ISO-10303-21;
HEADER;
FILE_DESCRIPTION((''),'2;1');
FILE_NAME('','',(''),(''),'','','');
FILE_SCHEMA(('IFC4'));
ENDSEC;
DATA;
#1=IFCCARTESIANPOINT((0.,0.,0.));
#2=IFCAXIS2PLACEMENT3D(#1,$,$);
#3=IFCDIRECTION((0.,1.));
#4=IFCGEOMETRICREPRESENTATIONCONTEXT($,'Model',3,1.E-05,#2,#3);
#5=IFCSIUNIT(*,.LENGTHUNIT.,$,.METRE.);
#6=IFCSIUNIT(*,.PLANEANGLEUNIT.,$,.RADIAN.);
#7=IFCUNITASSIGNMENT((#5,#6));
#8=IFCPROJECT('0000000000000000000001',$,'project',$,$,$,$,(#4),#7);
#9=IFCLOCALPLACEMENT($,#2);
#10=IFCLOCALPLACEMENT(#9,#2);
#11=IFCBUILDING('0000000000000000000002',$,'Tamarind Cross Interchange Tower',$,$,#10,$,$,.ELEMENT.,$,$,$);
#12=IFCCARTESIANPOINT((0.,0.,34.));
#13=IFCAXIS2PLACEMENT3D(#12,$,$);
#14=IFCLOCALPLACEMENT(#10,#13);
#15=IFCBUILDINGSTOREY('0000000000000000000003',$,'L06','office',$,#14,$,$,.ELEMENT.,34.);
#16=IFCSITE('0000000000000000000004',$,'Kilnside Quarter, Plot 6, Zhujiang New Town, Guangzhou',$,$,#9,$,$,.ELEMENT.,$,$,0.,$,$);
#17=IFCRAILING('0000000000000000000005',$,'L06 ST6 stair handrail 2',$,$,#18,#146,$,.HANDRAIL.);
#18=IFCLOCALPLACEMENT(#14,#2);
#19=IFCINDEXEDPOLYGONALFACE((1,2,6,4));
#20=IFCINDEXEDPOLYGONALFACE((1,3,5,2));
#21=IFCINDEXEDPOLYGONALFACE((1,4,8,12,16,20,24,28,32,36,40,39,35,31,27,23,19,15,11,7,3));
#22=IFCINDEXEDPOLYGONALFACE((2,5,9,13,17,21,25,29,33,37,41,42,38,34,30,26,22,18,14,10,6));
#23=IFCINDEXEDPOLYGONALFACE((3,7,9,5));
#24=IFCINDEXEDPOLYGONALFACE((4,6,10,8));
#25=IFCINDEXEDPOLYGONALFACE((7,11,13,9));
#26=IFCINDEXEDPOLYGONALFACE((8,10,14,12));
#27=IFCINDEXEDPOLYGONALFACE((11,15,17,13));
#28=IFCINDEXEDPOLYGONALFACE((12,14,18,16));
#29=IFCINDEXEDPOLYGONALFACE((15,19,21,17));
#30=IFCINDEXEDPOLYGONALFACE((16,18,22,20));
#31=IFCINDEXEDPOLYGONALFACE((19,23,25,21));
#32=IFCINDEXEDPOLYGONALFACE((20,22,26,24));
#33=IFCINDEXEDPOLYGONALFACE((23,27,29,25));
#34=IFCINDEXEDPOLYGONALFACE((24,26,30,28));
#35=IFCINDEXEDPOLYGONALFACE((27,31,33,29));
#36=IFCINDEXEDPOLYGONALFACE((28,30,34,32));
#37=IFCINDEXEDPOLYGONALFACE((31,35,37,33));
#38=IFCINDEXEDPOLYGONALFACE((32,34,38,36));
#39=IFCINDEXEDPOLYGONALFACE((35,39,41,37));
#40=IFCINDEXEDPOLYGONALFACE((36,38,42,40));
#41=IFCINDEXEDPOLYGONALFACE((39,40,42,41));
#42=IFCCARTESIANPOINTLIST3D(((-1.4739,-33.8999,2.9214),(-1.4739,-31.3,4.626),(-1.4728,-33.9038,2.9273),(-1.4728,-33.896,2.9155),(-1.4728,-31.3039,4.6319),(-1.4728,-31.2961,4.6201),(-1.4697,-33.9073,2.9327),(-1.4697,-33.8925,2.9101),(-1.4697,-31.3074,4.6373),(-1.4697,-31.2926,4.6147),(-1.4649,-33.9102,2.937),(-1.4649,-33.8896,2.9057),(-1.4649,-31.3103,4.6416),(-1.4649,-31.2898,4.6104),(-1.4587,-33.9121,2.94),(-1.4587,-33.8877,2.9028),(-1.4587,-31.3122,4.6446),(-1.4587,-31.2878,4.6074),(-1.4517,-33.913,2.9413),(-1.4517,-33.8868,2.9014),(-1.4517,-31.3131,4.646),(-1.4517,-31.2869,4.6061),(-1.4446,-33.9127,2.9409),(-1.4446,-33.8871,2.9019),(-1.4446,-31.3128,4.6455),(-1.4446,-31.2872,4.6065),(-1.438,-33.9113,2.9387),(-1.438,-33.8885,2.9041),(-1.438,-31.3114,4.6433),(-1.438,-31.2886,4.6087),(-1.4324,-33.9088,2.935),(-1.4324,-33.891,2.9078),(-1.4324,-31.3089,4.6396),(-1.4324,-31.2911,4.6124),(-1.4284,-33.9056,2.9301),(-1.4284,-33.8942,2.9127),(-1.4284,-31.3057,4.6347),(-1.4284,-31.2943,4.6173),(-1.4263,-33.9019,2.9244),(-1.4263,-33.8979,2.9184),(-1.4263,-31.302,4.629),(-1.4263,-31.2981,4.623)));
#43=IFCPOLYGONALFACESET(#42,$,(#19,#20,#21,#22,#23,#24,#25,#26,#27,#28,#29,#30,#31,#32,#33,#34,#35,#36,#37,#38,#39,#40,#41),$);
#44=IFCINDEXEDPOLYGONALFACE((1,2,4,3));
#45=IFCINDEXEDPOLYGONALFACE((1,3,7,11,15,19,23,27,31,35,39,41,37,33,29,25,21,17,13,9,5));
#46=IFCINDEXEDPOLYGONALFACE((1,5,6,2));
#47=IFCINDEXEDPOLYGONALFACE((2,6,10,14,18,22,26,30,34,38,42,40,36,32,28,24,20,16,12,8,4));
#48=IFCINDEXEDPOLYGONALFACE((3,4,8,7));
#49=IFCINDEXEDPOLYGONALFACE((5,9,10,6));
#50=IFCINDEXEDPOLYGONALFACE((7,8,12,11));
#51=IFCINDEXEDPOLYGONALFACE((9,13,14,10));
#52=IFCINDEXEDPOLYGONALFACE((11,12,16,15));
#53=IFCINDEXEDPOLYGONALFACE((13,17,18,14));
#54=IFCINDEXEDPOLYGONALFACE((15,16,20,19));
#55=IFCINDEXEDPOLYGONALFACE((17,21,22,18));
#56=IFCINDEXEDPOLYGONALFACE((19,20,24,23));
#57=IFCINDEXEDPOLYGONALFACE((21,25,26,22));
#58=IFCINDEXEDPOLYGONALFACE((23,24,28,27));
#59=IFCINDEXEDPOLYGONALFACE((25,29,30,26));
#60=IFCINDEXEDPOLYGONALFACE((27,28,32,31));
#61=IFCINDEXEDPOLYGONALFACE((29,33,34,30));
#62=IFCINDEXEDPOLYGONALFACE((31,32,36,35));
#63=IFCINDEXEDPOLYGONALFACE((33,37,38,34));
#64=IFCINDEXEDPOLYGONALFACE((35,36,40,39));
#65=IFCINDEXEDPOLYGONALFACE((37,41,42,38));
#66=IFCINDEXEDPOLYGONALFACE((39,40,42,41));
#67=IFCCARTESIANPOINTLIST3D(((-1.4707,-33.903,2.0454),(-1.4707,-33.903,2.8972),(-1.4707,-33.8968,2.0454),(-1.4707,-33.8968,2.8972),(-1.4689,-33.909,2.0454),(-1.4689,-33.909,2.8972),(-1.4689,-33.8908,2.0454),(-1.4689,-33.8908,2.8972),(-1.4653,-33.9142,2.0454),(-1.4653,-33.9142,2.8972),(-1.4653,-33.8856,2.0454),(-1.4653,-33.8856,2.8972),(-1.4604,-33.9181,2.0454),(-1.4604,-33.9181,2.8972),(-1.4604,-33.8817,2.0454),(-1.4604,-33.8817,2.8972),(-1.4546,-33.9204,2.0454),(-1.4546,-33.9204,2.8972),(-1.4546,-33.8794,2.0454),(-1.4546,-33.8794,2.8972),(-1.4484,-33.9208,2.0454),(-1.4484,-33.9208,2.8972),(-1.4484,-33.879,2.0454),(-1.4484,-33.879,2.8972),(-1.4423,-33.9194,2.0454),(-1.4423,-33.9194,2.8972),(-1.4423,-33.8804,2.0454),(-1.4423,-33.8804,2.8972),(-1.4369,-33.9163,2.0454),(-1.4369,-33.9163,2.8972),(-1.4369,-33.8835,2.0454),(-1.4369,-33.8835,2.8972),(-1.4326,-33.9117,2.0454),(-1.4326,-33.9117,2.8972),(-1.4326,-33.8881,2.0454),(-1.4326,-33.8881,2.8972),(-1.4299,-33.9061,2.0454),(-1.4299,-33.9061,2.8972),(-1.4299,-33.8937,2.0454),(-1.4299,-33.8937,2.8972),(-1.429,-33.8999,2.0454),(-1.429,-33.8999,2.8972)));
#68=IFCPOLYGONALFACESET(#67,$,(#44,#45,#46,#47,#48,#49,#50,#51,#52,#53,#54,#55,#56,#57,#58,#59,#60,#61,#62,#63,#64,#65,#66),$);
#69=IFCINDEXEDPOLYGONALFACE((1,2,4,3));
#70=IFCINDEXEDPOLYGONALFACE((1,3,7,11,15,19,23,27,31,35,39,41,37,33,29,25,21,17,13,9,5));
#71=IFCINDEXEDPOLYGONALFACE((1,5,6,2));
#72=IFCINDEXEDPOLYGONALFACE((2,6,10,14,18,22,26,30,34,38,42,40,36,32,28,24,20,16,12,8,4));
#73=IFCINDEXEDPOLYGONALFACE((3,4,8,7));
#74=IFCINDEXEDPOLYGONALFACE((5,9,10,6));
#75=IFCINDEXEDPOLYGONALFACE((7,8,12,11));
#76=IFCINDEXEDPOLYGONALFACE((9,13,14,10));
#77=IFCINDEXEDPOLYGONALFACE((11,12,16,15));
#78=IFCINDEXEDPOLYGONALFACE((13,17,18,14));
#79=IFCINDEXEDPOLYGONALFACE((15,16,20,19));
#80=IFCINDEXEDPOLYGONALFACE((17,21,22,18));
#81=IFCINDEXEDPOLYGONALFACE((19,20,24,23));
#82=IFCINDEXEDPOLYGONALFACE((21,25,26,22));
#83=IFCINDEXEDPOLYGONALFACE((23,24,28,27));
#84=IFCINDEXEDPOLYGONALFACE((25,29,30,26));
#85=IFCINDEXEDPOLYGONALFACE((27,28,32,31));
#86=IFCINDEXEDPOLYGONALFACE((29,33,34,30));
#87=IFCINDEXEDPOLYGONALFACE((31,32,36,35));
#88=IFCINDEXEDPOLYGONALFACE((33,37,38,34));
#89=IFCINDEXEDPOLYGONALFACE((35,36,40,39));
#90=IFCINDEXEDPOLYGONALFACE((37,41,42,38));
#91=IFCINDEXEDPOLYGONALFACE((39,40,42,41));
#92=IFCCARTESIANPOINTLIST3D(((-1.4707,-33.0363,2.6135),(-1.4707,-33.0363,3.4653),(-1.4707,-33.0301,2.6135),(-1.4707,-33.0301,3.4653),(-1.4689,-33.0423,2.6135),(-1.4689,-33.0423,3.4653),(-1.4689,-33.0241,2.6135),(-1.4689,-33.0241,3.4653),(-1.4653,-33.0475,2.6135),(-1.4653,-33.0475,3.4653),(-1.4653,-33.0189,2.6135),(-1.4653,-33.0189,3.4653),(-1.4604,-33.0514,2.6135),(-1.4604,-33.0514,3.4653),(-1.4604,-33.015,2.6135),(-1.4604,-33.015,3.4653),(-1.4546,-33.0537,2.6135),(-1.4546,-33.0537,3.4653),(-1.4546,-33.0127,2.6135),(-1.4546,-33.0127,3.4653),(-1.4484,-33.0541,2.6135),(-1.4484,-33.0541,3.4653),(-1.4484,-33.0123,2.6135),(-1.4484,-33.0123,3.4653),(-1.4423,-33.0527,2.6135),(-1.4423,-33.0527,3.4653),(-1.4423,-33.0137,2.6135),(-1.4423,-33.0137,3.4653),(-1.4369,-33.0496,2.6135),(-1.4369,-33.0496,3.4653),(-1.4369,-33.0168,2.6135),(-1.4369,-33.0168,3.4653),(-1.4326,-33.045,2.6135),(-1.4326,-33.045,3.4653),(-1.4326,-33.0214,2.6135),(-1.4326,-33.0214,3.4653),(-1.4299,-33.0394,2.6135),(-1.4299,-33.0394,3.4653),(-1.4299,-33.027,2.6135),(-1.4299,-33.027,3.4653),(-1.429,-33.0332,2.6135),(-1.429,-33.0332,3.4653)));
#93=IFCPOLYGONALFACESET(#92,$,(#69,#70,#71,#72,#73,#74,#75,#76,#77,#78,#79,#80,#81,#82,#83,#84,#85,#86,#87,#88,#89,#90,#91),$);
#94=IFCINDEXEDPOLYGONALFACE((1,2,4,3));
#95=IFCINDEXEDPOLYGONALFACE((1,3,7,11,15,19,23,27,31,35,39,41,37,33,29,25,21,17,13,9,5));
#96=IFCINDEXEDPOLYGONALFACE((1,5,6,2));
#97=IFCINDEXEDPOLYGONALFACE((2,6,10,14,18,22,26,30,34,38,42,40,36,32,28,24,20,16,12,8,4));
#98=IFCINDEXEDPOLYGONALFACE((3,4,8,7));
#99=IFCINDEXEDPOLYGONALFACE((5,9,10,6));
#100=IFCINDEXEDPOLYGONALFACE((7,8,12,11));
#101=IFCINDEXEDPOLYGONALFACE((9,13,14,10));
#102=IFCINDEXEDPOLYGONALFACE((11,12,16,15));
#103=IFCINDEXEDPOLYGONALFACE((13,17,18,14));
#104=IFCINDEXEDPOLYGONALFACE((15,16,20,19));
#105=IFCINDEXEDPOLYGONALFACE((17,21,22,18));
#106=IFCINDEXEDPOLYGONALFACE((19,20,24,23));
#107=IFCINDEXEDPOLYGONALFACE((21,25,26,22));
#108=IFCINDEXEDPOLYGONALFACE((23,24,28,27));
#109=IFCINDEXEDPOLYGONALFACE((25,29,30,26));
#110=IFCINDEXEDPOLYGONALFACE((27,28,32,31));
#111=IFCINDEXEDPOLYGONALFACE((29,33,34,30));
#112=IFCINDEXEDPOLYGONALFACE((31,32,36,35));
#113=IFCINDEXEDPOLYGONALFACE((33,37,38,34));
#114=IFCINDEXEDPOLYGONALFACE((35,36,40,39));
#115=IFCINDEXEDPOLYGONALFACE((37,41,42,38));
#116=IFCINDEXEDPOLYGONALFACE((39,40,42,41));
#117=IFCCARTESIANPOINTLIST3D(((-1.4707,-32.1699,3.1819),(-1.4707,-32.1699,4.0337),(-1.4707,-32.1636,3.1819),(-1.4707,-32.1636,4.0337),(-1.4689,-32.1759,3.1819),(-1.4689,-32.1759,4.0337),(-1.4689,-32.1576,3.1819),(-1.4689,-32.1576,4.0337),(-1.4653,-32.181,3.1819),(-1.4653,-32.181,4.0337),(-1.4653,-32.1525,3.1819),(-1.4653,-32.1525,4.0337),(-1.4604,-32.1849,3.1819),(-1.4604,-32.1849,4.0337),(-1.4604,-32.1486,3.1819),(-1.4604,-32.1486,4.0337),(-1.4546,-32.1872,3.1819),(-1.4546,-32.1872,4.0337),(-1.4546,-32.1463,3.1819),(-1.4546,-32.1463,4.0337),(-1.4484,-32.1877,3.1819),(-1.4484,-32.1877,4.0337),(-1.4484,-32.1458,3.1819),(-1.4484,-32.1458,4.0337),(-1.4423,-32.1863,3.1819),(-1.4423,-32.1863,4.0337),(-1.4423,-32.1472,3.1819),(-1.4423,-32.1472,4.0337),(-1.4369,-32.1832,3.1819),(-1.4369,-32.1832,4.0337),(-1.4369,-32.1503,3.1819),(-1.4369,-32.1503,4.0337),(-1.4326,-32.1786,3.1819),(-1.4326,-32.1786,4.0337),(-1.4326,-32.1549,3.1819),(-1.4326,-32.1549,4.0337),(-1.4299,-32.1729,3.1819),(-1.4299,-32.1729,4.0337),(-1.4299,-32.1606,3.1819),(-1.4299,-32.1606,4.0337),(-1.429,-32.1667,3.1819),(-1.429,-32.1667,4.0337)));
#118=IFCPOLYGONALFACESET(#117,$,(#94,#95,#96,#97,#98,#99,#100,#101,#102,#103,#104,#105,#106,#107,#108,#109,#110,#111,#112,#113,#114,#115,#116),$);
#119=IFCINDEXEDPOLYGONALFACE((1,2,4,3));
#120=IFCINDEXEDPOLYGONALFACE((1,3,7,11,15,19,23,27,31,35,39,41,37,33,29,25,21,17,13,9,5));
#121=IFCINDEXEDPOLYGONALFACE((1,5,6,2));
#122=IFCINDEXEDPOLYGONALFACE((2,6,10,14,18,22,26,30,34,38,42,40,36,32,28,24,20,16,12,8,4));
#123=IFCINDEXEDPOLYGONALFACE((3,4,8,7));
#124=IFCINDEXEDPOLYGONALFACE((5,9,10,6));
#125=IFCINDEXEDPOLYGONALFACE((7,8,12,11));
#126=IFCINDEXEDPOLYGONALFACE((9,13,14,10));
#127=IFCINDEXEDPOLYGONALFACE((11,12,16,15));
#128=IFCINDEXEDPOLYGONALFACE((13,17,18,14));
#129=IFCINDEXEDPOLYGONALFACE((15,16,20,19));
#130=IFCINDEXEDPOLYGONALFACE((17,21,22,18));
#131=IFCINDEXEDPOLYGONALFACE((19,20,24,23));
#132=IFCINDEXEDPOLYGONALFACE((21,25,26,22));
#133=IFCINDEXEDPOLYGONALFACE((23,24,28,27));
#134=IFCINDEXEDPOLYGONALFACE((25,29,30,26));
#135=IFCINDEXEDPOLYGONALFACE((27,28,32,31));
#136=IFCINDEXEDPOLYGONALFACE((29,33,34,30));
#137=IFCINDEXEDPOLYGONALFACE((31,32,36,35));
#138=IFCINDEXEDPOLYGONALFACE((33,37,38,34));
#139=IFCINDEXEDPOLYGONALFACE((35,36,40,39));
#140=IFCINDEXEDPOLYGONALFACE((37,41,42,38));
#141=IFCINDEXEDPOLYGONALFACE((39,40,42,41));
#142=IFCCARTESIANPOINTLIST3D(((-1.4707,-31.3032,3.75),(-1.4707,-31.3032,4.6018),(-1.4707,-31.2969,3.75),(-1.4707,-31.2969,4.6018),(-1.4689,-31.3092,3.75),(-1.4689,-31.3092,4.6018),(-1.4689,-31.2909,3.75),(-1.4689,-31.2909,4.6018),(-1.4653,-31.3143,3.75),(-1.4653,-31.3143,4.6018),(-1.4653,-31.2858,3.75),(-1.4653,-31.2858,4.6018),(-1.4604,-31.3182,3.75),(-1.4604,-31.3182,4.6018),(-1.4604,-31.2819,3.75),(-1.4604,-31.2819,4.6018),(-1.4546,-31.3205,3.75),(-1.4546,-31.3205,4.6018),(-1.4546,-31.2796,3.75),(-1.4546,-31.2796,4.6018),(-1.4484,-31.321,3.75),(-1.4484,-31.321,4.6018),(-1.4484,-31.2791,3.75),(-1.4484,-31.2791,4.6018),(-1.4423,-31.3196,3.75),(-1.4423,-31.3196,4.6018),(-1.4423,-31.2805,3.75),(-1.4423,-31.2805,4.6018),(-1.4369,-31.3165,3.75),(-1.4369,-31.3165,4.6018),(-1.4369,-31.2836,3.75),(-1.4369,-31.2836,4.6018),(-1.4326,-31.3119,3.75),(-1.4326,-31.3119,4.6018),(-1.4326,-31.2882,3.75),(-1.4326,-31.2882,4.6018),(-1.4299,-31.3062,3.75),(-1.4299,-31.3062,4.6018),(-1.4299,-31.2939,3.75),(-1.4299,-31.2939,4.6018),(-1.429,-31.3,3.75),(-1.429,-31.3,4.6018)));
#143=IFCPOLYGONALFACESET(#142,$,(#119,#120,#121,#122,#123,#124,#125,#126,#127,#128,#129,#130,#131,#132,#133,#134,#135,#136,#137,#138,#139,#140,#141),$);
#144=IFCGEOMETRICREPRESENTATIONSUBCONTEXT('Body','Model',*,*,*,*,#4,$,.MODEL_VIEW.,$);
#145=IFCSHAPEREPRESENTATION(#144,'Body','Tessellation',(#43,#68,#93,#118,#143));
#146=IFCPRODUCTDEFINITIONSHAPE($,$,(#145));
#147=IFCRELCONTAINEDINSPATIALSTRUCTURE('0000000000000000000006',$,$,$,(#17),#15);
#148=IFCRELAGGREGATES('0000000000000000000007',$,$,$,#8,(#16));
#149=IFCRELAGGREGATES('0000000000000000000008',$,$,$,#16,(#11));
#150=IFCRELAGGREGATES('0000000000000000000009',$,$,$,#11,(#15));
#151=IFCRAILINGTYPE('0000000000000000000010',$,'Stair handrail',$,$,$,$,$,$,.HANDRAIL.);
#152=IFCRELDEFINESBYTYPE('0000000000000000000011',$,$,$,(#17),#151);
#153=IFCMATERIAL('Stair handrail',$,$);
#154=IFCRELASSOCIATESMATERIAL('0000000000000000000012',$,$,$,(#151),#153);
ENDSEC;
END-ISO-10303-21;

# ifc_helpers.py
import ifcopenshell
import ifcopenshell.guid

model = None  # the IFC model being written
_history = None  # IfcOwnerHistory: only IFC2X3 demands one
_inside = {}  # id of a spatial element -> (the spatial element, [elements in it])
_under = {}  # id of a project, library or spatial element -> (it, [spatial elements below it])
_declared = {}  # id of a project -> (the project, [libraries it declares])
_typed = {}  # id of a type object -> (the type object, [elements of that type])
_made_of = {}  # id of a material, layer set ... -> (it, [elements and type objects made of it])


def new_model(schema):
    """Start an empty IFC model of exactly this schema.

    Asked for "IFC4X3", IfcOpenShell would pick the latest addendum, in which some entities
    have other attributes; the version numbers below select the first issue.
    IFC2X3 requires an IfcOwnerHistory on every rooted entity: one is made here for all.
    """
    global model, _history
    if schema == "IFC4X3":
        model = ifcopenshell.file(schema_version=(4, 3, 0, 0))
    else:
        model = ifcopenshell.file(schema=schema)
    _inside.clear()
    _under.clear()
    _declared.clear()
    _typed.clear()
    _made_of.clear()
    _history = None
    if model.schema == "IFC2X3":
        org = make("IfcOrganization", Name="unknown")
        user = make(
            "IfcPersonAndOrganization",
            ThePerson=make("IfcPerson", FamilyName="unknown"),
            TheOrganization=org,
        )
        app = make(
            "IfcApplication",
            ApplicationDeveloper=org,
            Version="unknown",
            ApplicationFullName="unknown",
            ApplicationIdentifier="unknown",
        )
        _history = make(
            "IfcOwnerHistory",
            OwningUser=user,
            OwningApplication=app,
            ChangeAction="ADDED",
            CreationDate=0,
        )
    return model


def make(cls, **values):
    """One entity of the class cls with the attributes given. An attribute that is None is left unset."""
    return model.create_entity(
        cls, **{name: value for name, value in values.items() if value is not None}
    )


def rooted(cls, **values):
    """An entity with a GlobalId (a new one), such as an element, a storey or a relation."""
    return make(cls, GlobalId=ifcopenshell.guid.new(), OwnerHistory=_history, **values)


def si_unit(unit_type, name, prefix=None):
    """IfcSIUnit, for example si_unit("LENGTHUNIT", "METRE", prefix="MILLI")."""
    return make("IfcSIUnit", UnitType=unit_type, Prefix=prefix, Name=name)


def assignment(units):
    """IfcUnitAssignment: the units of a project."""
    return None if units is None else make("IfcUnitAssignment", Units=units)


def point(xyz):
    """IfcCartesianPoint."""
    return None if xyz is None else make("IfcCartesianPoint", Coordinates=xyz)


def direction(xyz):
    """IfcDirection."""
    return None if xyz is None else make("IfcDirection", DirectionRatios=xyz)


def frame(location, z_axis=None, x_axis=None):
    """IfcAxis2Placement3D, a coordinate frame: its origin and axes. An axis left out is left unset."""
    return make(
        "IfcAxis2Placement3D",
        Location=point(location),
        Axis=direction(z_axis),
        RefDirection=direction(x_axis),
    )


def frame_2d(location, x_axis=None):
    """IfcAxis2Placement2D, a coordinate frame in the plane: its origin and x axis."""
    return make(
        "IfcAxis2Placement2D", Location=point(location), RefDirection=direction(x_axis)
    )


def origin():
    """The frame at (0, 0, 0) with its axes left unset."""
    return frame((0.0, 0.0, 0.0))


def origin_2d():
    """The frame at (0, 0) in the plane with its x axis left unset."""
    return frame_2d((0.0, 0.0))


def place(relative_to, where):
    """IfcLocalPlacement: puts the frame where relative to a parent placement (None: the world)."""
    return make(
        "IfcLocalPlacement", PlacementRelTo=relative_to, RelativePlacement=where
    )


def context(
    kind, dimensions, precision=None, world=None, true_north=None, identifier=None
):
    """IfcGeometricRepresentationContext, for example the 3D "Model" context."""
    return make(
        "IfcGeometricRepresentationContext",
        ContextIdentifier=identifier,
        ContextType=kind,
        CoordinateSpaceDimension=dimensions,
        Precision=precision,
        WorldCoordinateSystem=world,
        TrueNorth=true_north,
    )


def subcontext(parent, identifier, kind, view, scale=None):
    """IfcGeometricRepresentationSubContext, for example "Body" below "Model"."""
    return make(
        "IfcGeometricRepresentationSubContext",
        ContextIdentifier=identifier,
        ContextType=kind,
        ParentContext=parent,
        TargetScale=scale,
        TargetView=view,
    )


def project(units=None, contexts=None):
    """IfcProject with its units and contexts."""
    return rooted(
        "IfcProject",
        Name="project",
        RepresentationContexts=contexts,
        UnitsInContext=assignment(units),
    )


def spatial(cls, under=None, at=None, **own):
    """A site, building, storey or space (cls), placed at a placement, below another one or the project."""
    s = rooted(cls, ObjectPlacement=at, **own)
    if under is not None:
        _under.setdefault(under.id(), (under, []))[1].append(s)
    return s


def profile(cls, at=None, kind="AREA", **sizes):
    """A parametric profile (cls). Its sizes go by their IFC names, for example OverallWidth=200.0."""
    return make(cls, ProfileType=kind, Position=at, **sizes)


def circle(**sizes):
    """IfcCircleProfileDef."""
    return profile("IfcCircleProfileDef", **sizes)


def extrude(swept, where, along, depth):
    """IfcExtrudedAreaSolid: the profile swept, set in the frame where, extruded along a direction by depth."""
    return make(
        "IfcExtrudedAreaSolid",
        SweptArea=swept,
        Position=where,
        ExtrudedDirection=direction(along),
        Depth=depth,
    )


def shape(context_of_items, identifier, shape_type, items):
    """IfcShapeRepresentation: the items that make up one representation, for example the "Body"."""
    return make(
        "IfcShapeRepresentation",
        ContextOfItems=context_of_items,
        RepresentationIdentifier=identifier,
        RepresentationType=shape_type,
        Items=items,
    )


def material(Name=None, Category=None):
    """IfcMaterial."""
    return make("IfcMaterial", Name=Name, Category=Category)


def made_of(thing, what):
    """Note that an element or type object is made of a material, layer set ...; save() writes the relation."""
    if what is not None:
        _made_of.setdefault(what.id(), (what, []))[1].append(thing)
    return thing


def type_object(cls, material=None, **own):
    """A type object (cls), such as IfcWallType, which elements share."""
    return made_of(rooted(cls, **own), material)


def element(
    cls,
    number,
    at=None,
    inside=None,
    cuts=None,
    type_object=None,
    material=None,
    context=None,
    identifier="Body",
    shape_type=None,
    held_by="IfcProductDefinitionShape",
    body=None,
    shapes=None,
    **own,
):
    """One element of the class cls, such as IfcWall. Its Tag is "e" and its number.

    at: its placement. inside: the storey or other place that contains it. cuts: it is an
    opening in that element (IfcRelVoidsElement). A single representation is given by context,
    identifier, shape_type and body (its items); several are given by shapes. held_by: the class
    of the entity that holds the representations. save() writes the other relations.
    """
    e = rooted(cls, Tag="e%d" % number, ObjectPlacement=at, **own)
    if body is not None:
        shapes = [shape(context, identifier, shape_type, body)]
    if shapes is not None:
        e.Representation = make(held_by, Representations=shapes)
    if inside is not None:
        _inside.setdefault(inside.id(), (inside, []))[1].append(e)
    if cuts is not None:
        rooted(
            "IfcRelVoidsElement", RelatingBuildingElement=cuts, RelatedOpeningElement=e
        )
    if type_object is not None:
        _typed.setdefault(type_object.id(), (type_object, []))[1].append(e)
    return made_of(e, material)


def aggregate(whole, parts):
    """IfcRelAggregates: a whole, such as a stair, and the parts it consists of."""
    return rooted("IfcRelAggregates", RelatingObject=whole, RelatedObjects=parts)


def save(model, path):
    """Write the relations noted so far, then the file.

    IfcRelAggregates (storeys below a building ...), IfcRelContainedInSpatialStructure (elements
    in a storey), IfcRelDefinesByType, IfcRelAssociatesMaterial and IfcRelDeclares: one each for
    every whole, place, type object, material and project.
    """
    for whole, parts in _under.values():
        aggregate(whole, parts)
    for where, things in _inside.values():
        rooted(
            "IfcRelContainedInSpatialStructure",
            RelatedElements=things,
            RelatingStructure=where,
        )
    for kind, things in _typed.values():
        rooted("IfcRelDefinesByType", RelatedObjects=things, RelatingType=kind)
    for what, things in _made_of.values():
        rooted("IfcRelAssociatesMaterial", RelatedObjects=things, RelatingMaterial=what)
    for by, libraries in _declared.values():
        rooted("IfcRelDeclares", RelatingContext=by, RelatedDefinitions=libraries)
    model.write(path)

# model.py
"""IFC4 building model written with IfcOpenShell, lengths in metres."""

from ifc_helpers import new_model, si_unit, direction, frame, origin, origin_2d, place, context, subcontext, project, spatial, circle, extrude, material, type_object, element, save


model = new_model("IFC4")

# Units and contexts
model_context = context("Model", 3, precision=1e-05, world=origin(), true_north=direction((0.0, 1.0)))
body_context = subcontext(model_context, "Body", "Model", "MODEL_VIEW")
ifc_project = project(units=[si_unit("LENGTHUNIT", "METRE"), si_unit("PLANEANGLEUNIT", "RADIAN")], contexts=[model_context])

# Site, building, storey
site_placement = place(None, origin())
site = spatial("IfcSite", under=ifc_project, at=site_placement, Name="Kilnside Quarter, Plot 6, Zhujiang New Town, Guangzhou", CompositionType="ELEMENT", RefElevation=0.0)
building_placement = place(site_placement, origin())
building = spatial("IfcBuilding", under=site, at=building_placement, Name="Tamarind Cross Interchange Tower", CompositionType="ELEMENT")
storey_placement = place(building_placement, frame((0.0, 0.0, 34.0)))
storey = spatial("IfcBuildingStorey", under=building, at=storey_placement, Name="L06", Description="office", CompositionType="ELEMENT", Elevation=34.0)

# Railing
ifc_material_1 = material(Name="Stair handrail")
railing_type_1 = type_object("IfcRailingType", Name="Stair handrail", PredefinedType="HANDRAIL", material=ifc_material_1)
railing_1_placement = place(storey_placement, frame((-1.45, -33.8999, 2.0454)))
element("IfcRailing", 1, at=railing_1_placement, inside=storey, type_object=railing_type_1, Name="L06 ST6 stair handrail 2", PredefinedType="HANDRAIL", context=body_context, shape_type="SweptSolid", body=[
    extrude(circle(Radius=0.0239, at=origin_2d()), frame((0.0, 0.0, 0.876), z_axis=(0.0, 0.836279, 0.548305), x_axis=(-1.0, 0.0, 0.0)), (0.0, 0.0, 1.0), 3.1089),
    extrude(circle(Radius=0.021, at=origin_2d()), origin(), (0.0, 0.0, 1.0), 0.8518),
    extrude(circle(Radius=0.021, at=origin_2d()), frame((0.0, 0.8667, 0.5681)), (0.0, 0.0, 1.0), 0.8518),
    extrude(circle(Radius=0.021, at=origin_2d()), frame((0.0, 1.7332, 1.1365)), (0.0, 0.0, 1.0), 0.8518),
    extrude(circle(Radius=0.021, at=origin_2d()), frame((0.0, 2.5999, 1.7046)), (0.0, 0.0, 1.0), 0.8518),
])

save(model, "model.ifc")
